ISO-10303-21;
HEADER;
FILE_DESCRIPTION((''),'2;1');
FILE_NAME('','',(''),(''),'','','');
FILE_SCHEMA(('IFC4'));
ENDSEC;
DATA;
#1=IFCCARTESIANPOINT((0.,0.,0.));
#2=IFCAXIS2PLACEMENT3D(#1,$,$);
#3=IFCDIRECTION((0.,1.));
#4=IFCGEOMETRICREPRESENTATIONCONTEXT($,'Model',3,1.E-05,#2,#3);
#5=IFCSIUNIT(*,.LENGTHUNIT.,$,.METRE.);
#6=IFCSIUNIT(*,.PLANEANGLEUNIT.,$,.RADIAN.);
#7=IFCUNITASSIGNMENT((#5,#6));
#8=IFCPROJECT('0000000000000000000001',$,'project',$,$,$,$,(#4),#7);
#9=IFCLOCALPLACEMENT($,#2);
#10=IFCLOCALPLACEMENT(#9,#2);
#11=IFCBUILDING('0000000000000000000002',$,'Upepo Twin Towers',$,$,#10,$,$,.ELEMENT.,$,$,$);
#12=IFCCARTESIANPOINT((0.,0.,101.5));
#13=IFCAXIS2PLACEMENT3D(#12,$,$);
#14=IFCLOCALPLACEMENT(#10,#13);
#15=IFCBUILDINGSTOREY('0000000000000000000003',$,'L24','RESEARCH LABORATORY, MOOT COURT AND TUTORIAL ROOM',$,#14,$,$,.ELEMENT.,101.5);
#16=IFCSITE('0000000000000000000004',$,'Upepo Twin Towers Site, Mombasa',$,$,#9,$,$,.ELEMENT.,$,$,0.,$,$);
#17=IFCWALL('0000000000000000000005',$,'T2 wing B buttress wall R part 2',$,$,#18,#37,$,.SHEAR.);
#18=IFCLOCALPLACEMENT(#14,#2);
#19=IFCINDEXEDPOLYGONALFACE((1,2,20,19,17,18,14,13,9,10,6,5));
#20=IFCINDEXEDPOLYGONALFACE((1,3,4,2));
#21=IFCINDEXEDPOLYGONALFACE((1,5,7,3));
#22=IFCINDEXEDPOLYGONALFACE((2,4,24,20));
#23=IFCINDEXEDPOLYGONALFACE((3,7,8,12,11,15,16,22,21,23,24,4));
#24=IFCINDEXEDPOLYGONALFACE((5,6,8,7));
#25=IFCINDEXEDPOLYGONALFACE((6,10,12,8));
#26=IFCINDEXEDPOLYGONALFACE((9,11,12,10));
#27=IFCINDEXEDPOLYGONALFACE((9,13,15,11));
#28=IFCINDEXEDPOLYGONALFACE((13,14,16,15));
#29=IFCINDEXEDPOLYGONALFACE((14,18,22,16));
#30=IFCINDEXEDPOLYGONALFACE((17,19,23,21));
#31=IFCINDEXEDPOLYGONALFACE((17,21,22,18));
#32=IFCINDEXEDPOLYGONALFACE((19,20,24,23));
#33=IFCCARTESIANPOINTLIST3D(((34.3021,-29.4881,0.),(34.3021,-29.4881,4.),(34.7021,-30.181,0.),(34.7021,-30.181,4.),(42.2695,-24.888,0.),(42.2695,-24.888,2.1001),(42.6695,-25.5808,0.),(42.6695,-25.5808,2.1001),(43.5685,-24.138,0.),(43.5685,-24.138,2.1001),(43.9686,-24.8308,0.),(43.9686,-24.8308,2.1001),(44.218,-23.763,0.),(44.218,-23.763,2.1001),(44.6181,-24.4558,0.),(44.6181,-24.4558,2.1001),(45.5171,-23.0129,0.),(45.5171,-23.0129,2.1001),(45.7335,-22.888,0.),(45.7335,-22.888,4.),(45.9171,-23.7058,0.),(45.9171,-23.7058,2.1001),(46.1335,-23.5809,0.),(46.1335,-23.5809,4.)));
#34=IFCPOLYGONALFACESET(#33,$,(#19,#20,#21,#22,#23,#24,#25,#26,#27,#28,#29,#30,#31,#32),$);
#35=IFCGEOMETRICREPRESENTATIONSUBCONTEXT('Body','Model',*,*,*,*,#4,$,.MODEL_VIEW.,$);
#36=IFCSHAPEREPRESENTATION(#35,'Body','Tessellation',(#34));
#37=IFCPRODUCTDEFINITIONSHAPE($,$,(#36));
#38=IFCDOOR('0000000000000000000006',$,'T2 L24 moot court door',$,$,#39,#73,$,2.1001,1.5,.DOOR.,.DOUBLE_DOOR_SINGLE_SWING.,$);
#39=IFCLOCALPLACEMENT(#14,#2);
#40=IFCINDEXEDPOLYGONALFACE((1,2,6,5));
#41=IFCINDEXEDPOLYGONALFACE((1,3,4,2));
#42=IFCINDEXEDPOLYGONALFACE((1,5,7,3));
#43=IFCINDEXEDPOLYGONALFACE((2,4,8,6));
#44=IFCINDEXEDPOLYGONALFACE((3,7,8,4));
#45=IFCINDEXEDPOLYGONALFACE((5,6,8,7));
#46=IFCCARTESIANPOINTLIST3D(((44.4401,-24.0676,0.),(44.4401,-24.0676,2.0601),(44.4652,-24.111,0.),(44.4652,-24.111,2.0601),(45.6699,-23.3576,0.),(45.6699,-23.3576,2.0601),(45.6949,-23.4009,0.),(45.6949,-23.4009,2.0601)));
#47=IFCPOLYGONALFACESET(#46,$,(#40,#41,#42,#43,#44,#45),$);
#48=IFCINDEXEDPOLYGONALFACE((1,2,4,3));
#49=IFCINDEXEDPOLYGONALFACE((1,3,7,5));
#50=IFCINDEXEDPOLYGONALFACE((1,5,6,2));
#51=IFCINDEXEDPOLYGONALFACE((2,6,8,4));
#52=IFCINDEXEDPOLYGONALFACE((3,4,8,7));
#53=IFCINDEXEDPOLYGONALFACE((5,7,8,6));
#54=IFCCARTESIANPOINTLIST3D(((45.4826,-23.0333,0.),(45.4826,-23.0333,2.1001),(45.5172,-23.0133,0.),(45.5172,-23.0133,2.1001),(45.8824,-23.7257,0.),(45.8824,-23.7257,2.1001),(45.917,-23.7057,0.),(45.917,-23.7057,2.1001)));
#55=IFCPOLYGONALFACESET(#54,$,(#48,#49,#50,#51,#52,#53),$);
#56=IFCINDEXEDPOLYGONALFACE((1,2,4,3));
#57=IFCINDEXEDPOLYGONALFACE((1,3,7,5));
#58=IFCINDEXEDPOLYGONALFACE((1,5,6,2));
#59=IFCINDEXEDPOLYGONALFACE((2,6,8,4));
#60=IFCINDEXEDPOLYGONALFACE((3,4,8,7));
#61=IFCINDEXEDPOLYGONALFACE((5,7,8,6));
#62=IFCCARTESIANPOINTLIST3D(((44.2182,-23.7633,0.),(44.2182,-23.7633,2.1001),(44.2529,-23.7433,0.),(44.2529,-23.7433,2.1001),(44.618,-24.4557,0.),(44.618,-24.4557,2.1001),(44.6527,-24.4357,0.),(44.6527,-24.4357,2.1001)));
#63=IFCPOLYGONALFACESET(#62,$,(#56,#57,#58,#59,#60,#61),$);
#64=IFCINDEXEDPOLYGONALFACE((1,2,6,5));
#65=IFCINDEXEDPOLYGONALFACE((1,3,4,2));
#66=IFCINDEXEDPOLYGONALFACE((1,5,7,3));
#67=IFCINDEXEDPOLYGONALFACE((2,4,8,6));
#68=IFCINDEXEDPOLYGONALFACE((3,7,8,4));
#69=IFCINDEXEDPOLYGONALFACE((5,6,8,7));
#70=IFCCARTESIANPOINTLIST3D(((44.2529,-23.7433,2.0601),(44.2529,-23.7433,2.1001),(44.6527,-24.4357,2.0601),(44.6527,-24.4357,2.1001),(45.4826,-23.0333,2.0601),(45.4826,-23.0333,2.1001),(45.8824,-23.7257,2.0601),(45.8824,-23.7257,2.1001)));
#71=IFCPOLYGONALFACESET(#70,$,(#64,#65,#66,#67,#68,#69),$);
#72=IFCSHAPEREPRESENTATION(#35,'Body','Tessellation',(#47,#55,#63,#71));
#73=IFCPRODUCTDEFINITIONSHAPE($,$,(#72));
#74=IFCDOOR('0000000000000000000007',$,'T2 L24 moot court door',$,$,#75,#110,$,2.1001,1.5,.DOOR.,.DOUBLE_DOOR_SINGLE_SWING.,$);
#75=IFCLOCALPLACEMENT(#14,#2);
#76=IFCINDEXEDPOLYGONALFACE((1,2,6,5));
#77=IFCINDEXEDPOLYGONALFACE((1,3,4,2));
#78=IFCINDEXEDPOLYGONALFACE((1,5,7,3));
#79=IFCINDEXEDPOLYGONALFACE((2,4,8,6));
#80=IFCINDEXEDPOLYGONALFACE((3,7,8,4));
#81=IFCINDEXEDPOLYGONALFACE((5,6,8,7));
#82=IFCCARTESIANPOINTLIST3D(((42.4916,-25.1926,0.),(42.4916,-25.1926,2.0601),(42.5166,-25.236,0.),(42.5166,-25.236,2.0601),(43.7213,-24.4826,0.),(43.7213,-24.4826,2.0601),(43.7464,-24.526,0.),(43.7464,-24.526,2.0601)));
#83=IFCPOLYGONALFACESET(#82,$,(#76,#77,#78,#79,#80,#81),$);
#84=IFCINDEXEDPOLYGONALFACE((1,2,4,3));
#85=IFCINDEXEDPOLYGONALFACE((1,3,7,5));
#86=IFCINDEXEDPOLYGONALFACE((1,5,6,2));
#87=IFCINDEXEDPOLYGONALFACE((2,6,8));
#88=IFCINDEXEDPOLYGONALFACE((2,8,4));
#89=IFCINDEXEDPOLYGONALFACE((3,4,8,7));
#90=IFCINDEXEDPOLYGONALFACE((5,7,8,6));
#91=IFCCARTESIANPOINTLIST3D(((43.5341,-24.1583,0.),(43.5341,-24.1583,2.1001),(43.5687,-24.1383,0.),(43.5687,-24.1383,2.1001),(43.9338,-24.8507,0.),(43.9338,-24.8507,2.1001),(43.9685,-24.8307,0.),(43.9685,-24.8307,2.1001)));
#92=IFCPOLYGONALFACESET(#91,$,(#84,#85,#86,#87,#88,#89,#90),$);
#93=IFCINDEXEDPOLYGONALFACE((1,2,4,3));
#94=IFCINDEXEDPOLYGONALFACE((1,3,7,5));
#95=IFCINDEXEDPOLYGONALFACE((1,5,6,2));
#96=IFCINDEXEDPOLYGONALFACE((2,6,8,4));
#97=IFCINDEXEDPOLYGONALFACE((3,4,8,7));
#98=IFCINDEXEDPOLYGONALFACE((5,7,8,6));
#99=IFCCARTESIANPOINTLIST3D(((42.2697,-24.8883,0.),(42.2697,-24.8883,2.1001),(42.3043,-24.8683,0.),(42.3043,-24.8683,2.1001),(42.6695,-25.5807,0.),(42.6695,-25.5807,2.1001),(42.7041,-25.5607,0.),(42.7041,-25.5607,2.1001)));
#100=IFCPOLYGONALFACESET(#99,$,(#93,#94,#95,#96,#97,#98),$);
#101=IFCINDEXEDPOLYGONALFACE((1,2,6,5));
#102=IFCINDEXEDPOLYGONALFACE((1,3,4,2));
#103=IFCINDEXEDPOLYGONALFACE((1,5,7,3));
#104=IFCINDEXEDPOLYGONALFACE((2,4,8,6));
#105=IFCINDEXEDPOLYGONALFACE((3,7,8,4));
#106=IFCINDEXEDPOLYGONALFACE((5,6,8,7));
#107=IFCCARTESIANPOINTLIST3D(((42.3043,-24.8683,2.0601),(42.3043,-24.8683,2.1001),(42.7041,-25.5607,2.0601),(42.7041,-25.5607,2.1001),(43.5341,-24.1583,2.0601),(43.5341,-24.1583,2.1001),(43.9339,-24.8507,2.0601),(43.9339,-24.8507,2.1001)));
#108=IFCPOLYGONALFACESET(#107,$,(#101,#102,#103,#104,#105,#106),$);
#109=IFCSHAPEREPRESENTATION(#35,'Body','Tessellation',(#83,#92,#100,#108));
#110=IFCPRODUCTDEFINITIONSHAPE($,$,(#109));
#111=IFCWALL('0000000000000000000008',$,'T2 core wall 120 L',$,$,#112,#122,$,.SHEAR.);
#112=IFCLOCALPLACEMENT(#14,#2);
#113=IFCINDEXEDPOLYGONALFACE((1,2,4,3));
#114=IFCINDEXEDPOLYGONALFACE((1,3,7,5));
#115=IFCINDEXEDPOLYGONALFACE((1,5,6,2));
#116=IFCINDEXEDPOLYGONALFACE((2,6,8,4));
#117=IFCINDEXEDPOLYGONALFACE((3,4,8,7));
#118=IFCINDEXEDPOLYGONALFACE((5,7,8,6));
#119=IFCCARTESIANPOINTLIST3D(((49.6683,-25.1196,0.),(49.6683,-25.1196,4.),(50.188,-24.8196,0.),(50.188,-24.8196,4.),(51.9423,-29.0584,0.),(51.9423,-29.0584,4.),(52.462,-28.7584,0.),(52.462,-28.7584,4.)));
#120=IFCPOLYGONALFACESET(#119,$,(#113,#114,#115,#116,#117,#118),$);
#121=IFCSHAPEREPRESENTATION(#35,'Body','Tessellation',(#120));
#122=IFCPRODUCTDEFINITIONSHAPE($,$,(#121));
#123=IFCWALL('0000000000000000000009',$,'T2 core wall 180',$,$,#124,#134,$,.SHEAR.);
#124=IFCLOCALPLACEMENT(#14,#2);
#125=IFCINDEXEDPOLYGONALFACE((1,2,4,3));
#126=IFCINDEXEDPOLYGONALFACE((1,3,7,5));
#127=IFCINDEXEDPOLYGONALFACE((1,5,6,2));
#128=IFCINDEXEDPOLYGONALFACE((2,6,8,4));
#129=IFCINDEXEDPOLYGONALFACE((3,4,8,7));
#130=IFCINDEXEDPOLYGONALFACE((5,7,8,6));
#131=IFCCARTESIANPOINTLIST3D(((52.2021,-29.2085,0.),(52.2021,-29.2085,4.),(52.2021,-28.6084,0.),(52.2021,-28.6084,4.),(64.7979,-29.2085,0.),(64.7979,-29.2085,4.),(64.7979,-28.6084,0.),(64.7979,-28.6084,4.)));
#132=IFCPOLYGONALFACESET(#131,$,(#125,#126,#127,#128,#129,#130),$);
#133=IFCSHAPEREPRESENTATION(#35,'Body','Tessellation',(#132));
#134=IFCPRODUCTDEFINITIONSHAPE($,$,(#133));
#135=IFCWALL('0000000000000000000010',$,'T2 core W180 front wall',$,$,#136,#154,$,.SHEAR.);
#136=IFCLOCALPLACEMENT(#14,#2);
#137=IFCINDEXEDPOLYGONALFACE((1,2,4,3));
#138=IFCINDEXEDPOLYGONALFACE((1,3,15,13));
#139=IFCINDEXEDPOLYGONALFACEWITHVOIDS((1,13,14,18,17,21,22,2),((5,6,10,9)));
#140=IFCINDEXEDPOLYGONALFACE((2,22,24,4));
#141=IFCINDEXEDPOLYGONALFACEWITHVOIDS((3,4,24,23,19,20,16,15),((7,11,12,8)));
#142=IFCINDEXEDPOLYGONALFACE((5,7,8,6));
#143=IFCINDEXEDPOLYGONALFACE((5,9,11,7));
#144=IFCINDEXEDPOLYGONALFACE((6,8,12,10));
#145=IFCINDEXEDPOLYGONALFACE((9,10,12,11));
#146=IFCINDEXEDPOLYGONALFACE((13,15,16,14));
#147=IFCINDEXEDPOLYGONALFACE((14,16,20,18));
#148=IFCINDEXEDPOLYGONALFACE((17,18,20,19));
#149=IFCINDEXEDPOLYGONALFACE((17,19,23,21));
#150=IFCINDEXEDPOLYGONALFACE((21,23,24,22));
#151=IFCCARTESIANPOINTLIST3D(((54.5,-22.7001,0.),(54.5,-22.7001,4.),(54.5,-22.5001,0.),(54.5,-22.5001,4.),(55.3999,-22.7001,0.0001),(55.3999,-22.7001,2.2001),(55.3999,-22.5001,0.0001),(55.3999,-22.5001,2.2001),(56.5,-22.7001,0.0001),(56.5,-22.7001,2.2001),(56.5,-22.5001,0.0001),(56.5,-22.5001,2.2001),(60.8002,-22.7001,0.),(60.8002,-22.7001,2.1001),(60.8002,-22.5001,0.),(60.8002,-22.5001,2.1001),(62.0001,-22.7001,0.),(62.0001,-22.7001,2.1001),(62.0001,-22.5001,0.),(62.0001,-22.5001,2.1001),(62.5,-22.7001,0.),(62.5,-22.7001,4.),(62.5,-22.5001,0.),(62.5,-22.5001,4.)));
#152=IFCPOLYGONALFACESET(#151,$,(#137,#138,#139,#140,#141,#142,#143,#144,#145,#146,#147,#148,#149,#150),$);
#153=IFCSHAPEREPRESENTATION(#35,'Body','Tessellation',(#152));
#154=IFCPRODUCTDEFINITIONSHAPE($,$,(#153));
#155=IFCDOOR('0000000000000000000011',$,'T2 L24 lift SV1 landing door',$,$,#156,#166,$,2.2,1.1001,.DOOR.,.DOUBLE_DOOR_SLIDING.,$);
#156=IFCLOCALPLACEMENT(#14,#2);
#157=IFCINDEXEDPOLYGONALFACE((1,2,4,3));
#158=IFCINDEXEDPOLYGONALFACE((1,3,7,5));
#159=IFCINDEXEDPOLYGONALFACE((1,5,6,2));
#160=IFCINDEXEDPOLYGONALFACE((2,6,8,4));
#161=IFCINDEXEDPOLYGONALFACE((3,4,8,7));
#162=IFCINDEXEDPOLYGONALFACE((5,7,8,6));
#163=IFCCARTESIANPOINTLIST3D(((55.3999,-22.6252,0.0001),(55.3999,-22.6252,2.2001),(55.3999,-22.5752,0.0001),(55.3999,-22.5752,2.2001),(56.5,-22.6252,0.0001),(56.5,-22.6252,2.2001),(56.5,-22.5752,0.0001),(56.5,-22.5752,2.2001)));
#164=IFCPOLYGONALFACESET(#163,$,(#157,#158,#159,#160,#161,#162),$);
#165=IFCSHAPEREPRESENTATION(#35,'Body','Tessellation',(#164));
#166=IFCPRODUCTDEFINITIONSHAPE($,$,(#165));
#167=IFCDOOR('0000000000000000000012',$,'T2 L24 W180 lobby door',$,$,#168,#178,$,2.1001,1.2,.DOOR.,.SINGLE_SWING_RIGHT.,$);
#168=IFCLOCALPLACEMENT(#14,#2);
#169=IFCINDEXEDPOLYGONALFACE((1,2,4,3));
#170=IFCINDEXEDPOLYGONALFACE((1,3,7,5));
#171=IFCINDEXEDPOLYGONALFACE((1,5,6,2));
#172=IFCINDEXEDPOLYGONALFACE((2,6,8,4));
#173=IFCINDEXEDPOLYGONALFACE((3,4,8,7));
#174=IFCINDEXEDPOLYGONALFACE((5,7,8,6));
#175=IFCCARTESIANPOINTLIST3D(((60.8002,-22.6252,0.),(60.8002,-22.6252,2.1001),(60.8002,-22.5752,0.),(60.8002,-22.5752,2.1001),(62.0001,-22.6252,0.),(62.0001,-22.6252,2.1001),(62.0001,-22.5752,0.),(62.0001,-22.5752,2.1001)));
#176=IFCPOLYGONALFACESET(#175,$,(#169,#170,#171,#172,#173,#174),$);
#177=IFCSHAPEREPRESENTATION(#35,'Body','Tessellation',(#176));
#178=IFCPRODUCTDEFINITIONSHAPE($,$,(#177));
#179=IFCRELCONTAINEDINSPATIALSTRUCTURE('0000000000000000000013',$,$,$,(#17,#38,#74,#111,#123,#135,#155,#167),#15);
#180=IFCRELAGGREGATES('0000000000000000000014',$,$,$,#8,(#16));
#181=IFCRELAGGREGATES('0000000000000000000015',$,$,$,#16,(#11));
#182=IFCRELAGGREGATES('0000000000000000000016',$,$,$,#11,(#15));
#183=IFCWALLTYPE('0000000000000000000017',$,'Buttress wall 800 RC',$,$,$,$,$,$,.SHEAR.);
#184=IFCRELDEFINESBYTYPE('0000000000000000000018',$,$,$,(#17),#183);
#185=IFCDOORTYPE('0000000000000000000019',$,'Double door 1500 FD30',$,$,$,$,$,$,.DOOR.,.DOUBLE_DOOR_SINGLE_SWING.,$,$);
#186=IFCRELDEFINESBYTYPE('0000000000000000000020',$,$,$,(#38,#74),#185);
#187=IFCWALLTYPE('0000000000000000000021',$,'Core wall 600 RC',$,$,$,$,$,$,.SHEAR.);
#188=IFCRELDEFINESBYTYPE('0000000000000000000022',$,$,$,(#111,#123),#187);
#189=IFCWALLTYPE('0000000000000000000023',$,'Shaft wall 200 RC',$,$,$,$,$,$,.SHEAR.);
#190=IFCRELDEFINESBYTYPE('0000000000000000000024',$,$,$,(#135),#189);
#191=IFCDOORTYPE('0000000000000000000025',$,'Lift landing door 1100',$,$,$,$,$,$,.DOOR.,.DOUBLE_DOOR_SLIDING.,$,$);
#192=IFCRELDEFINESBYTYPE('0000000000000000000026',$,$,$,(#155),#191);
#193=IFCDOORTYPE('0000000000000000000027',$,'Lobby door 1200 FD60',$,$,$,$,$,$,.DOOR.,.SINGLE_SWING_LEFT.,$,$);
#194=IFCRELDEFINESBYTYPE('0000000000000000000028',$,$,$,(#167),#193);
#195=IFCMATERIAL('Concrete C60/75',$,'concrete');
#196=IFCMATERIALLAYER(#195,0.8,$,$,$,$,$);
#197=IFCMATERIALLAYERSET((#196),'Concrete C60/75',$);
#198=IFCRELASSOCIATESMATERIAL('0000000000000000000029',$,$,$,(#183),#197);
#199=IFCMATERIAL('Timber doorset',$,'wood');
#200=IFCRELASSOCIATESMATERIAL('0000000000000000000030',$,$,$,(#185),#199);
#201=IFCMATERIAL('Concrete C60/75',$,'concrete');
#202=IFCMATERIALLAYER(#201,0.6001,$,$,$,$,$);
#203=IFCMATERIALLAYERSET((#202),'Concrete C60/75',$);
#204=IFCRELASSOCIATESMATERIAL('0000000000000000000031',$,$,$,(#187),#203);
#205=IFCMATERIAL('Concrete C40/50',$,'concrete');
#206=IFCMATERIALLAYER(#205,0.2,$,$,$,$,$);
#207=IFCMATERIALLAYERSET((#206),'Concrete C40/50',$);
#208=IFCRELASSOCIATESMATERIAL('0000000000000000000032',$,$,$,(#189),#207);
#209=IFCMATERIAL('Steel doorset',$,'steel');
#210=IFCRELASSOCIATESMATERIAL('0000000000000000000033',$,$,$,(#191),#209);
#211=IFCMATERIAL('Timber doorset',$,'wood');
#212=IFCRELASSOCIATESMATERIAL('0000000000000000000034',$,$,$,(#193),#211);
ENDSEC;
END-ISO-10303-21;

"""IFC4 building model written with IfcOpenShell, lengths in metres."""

from ifc_helpers import new_model, si_unit, direction, frame, frame_2d, origin, place, context, subcontext, project, spatial, rectangle, extrude, material, layer, layer_set, type_object, element, fill, save


model = new_model("IFC4")

# Units and contexts
model_context = context("Model", 3, precision=1e-05, world=origin(), true_north=direction((0.0, 1.0)))
body_context = subcontext(model_context, "Body", "Model", "MODEL_VIEW")
ifc_project = project(units=[si_unit("LENGTHUNIT", "METRE"), si_unit("PLANEANGLEUNIT", "RADIAN")], contexts=[model_context])

# Site, building, storey
site_placement = place(None, origin())
site = spatial("IfcSite", under=ifc_project, at=site_placement, Name="Upepo Twin Towers Site, Mombasa", CompositionType="ELEMENT", RefElevation=0.0)
building_placement = place(site_placement, origin())
building = spatial("IfcBuilding", under=site, at=building_placement, Name="Upepo Twin Towers", CompositionType="ELEMENT")
storey_placement = place(building_placement, frame((0.0, 0.0, 101.5)))
storey = spatial("IfcBuildingStorey", under=building, at=storey_placement, Name="L24", Description="RESEARCH LABORATORY, MOOT COURT AND TUTORIAL ROOM", CompositionType="ELEMENT", Elevation=101.5)

# Wall, openings, doors
ifc_material_1 = material(Name="Concrete C60/75", Category="concrete")
ifc_layer_1 = layer(ifc_material_1, 0.8)
ifc_layer_set_1 = layer_set([ifc_layer_1], Name="Concrete C60/75")
wall_type_1 = type_object("IfcWallType", Name="Buttress wall 800 RC", PredefinedType="SHEAR", material=ifc_layer_set_1)
ifc_material_2 = material(Name="Timber doorset", Category="wood")
door_type_1 = type_object("IfcDoorType", Name="Double door 1500 FD30", OperationType="DOUBLE_DOOR_SINGLE_SWING", PredefinedType="DOOR", material=ifc_material_2)
wall_1_placement = place(storey_placement, frame((45.9336, -23.2344, 0.0), z_axis=(0.0, 0.0, 1.0), x_axis=(-0.86602, -0.50001, 0.0)))
wall_1 = element("IfcWall", 1, at=wall_1_placement, inside=storey, type_object=wall_type_1, Name="T2 wing B buttress wall R part 2", PredefinedType="SHEAR", context=body_context, shape_type="SweptSolid", body=[
    extrude(rectangle(XDim=13.2, YDim=0.8, at=frame_2d((6.6001, 0.0))), origin(), (0.0, 0.0, 1.0), 4.0),
])
opening_1_placement = place(wall_1_placement, frame((0.25, 0.0, 0.0)))
opening_1 = element("IfcOpeningElement", 2, at=opening_1_placement, cuts=wall_1, PredefinedType="OPENING", context=body_context, shape_type="SweptSolid", body=[
    extrude(rectangle(XDim=1.5, YDim=2.1001, at=frame_2d((0.75, 1.05))), frame((0.0, 0.4099, 0.0), z_axis=(0.0, -1.0, 0.0), x_axis=(1.0, 0.0, 0.0)), (0.0, 0.0, 1.0), 0.8201),
])
opening_2_placement = place(wall_1_placement, frame((2.5, 0.0, 0.0)))
opening_2 = element("IfcOpeningElement", 3, at=opening_2_placement, cuts=wall_1, PredefinedType="OPENING", context=body_context, shape_type="SweptSolid", body=[
    extrude(rectangle(XDim=1.5, YDim=2.1001, at=frame_2d((0.75, 1.05))), frame((0.0, 0.4099, 0.0), z_axis=(0.0, -1.0, 0.0), x_axis=(1.0, 0.0, 0.0)), (0.0, 0.0, 1.0), 0.8201),
])
door_1_placement = place(opening_1_placement, origin())
door_1 = element("IfcDoor", 4, at=door_1_placement, inside=storey, type_object=door_type_1, Name="T2 L24 moot court door", OperationType="DOUBLE_DOOR_SINGLE_SWING", OverallHeight=2.1001, OverallWidth=1.5, PredefinedType="DOOR", context=body_context, shape_type="SweptSolid", body=[
    extrude(rectangle(XDim=1.42, YDim=2.0601, at=frame_2d((0.75, 1.03))), frame((0.0, 0.0249, 0.0), z_axis=(0.0, -1.0, 0.0), x_axis=(1.0, 0.0, 0.0)), (0.0, 0.0, 1.0), 0.05),
    extrude(rectangle(XDim=0.04, YDim=2.1001, at=frame_2d((0.02, 1.05))), frame((0.0, 0.3999, 0.0), z_axis=(0.0, -1.0, 0.0), x_axis=(1.0, 0.0, 0.0)), (0.0, 0.0, 1.0), 0.7996),
    extrude(rectangle(XDim=0.04, YDim=2.1001, at=frame_2d((1.48, 1.05))), frame((0.0, 0.3999, 0.0), z_axis=(0.0, -1.0, 0.0), x_axis=(1.0, 0.0, 0.0)), (0.0, 0.0, 1.0), 0.7996),
    extrude(rectangle(XDim=1.42, YDim=0.04, at=frame_2d((0.75, 2.0801))), frame((0.0, 0.3999, 0.0), z_axis=(0.0, -1.0, 0.0), x_axis=(1.0, 0.0, 0.0)), (0.0, 0.0, 1.0), 0.7996),
])
fill(opening_1, door_1)
door_2_placement = place(opening_2_placement, origin())
door_2 = element("IfcDoor", 5, at=door_2_placement, inside=storey, type_object=door_type_1, Name="T2 L24 moot court door", OperationType="DOUBLE_DOOR_SINGLE_SWING", OverallHeight=2.1001, OverallWidth=1.5, PredefinedType="DOOR", context=body_context, shape_type="SweptSolid", body=[
    extrude(rectangle(XDim=1.42, YDim=2.0601, at=frame_2d((0.75, 1.03))), frame((0.0, 0.0249, 0.0), z_axis=(0.0, -1.0, 0.0), x_axis=(1.0, 0.0, 0.0)), (0.0, 0.0, 1.0), 0.05),
    extrude(rectangle(XDim=0.04, YDim=2.1001, at=frame_2d((0.02, 1.05))), frame((0.0, 0.3999, 0.0), z_axis=(0.0, -1.0, 0.0), x_axis=(1.0, 0.0, 0.0)), (0.0, 0.0, 1.0), 0.7996),
    extrude(rectangle(XDim=0.04, YDim=2.1001, at=frame_2d((1.48, 1.05))), frame((0.0, 0.3999, 0.0), z_axis=(0.0, -1.0, 0.0), x_axis=(1.0, 0.0, 0.0)), (0.0, 0.0, 1.0), 0.7996),
    extrude(rectangle(XDim=1.42, YDim=0.04, at=frame_2d((0.75, 2.0801))), frame((0.0, 0.3999, 0.0), z_axis=(0.0, -1.0, 0.0), x_axis=(1.0, 0.0, 0.0)), (0.0, 0.0, 1.0), 0.7996),
])
fill(opening_2, door_2)

# Walls
ifc_material_3 = material(Name="Concrete C60/75", Category="concrete")
ifc_layer_2 = layer(ifc_material_3, 0.6001)
ifc_layer_set_2 = layer_set([ifc_layer_2], Name="Concrete C60/75")
wall_type_2 = type_object("IfcWallType", Name="Core wall 600 RC", PredefinedType="SHEAR", material=ifc_layer_set_2)
wall_2_placement = place(storey_placement, frame((49.9282, -24.9697, 0.0), z_axis=(0.0, 0.0, 1.0), x_axis=(0.499984, -0.866035, 0.0)))
element("IfcWall", 6, at=wall_2_placement, inside=storey, type_object=wall_type_2, Name="T2 core wall 120 L", PredefinedType="SHEAR", context=body_context, shape_type="SweptSolid", body=[
    extrude(rectangle(XDim=4.5481, YDim=0.6001, at=frame_2d((2.2739, 0.0))), origin(), (0.0, 0.0, 1.0), 4.0),
])
wall_3_placement = place(storey_placement, frame((52.2021, -28.9084, 0.0), z_axis=(0.0, 0.0, 1.0), x_axis=(1.0, 0.0, 0.0)))
element("IfcWall", 7, at=wall_3_placement, inside=storey, type_object=wall_type_2, Name="T2 core wall 180", PredefinedType="SHEAR", context=body_context, shape_type="SweptSolid", body=[
    extrude(rectangle(XDim=12.5957, YDim=0.6001, at=frame_2d((6.2979, 0.0))), origin(), (0.0, 0.0, 1.0), 4.0),
])

# Wall, openings, doors
ifc_material_4 = material(Name="Concrete C40/50", Category="concrete")
ifc_layer_3 = layer(ifc_material_4, 0.2)
ifc_layer_set_3 = layer_set([ifc_layer_3], Name="Concrete C40/50")
wall_type_3 = type_object("IfcWallType", Name="Shaft wall 200 RC", PredefinedType="SHEAR", material=ifc_layer_set_3)
wall_4_placement = place(storey_placement, frame((54.5, -22.6001, 0.0), z_axis=(0.0, 0.0, 1.0), x_axis=(1.0, 0.0, 0.0)))
wall_4 = element("IfcWall", 8, at=wall_4_placement, inside=storey, type_object=wall_type_3, Name="T2 core W180 front wall", PredefinedType="SHEAR", context=body_context, shape_type="SweptSolid", body=[
    extrude(rectangle(XDim=8.0, YDim=0.2, at=frame_2d((4.0, 0.0))), origin(), (0.0, 0.0, 1.0), 4.0),
])
opening_3_placement = place(wall_4_placement, frame((6.3, 0.0, 0.0)))
opening_3 = element("IfcOpeningElement", 9, at=opening_3_placement, cuts=wall_4, PredefinedType="OPENING", context=body_context, shape_type="SweptSolid", body=[
    extrude(rectangle(XDim=1.2, YDim=2.1001, at=frame_2d((0.6001, 1.05))), frame((0.0, 0.1099, 0.0), z_axis=(0.0, -1.0, 0.0), x_axis=(1.0, 0.0, 0.0)), (0.0, 0.0, 1.0), 0.22),
])
opening_4_placement = place(wall_4_placement, frame((0.8999, 0.0, 0.0)))
opening_4 = element("IfcOpeningElement", 10, at=opening_4_placement, cuts=wall_4, PredefinedType="OPENING", context=body_context, shape_type="SweptSolid", body=[
    extrude(rectangle(XDim=1.1001, YDim=2.2, at=frame_2d((0.55, 1.1001))), frame((0.0, 0.1099, 0.0), z_axis=(0.0, -1.0, 0.0), x_axis=(1.0, 0.0, 0.0)), (0.0, 0.0, 1.0), 0.22),
])
ifc_material_5 = material(Name="Steel doorset", Category="steel")
door_type_2 = type_object("IfcDoorType", Name="Lift landing door 1100", OperationType="DOUBLE_DOOR_SLIDING", PredefinedType="DOOR", material=ifc_material_5)
door_3_placement = place(opening_4_placement, origin())
door_3 = element("IfcDoor", 11, at=door_3_placement, inside=storey, type_object=door_type_2, Name="T2 L24 lift SV1 landing door", OperationType="DOUBLE_DOOR_SLIDING", OverallHeight=2.2, OverallWidth=1.1001, PredefinedType="DOOR", context=body_context, shape_type="SweptSolid", body=[
    extrude(rectangle(XDim=1.1001, YDim=2.2, at=frame_2d((0.55, 1.1001))), frame((0.0, 0.0249, 0.0), z_axis=(0.0, -1.0, 0.0), x_axis=(1.0, 0.0, 0.0)), (0.0, 0.0, 1.0), 0.05),
])
fill(opening_4, door_3)
ifc_material_6 = material(Name="Timber doorset", Category="wood")
door_type_3 = type_object("IfcDoorType", Name="Lobby door 1200 FD60", OperationType="SINGLE_SWING_LEFT", PredefinedType="DOOR", material=ifc_material_6)
door_4_placement = place(opening_3_placement, origin())
door_4 = element("IfcDoor", 12, at=door_4_placement, inside=storey, type_object=door_type_3, Name="T2 L24 W180 lobby door", OperationType="SINGLE_SWING_RIGHT", OverallHeight=2.1001, OverallWidth=1.2, PredefinedType="DOOR", context=body_context, shape_type="SweptSolid", body=[
    extrude(rectangle(XDim=1.2, YDim=2.1001, at=frame_2d((0.6001, 1.05))), frame((0.0, 0.0249, 0.0), z_axis=(0.0, -1.0, 0.0), x_axis=(1.0, 0.0, 0.0)), (0.0, 0.0, 1.0), 0.05),
])
fill(opening_3, door_4)

save(model, "model.ifc")
